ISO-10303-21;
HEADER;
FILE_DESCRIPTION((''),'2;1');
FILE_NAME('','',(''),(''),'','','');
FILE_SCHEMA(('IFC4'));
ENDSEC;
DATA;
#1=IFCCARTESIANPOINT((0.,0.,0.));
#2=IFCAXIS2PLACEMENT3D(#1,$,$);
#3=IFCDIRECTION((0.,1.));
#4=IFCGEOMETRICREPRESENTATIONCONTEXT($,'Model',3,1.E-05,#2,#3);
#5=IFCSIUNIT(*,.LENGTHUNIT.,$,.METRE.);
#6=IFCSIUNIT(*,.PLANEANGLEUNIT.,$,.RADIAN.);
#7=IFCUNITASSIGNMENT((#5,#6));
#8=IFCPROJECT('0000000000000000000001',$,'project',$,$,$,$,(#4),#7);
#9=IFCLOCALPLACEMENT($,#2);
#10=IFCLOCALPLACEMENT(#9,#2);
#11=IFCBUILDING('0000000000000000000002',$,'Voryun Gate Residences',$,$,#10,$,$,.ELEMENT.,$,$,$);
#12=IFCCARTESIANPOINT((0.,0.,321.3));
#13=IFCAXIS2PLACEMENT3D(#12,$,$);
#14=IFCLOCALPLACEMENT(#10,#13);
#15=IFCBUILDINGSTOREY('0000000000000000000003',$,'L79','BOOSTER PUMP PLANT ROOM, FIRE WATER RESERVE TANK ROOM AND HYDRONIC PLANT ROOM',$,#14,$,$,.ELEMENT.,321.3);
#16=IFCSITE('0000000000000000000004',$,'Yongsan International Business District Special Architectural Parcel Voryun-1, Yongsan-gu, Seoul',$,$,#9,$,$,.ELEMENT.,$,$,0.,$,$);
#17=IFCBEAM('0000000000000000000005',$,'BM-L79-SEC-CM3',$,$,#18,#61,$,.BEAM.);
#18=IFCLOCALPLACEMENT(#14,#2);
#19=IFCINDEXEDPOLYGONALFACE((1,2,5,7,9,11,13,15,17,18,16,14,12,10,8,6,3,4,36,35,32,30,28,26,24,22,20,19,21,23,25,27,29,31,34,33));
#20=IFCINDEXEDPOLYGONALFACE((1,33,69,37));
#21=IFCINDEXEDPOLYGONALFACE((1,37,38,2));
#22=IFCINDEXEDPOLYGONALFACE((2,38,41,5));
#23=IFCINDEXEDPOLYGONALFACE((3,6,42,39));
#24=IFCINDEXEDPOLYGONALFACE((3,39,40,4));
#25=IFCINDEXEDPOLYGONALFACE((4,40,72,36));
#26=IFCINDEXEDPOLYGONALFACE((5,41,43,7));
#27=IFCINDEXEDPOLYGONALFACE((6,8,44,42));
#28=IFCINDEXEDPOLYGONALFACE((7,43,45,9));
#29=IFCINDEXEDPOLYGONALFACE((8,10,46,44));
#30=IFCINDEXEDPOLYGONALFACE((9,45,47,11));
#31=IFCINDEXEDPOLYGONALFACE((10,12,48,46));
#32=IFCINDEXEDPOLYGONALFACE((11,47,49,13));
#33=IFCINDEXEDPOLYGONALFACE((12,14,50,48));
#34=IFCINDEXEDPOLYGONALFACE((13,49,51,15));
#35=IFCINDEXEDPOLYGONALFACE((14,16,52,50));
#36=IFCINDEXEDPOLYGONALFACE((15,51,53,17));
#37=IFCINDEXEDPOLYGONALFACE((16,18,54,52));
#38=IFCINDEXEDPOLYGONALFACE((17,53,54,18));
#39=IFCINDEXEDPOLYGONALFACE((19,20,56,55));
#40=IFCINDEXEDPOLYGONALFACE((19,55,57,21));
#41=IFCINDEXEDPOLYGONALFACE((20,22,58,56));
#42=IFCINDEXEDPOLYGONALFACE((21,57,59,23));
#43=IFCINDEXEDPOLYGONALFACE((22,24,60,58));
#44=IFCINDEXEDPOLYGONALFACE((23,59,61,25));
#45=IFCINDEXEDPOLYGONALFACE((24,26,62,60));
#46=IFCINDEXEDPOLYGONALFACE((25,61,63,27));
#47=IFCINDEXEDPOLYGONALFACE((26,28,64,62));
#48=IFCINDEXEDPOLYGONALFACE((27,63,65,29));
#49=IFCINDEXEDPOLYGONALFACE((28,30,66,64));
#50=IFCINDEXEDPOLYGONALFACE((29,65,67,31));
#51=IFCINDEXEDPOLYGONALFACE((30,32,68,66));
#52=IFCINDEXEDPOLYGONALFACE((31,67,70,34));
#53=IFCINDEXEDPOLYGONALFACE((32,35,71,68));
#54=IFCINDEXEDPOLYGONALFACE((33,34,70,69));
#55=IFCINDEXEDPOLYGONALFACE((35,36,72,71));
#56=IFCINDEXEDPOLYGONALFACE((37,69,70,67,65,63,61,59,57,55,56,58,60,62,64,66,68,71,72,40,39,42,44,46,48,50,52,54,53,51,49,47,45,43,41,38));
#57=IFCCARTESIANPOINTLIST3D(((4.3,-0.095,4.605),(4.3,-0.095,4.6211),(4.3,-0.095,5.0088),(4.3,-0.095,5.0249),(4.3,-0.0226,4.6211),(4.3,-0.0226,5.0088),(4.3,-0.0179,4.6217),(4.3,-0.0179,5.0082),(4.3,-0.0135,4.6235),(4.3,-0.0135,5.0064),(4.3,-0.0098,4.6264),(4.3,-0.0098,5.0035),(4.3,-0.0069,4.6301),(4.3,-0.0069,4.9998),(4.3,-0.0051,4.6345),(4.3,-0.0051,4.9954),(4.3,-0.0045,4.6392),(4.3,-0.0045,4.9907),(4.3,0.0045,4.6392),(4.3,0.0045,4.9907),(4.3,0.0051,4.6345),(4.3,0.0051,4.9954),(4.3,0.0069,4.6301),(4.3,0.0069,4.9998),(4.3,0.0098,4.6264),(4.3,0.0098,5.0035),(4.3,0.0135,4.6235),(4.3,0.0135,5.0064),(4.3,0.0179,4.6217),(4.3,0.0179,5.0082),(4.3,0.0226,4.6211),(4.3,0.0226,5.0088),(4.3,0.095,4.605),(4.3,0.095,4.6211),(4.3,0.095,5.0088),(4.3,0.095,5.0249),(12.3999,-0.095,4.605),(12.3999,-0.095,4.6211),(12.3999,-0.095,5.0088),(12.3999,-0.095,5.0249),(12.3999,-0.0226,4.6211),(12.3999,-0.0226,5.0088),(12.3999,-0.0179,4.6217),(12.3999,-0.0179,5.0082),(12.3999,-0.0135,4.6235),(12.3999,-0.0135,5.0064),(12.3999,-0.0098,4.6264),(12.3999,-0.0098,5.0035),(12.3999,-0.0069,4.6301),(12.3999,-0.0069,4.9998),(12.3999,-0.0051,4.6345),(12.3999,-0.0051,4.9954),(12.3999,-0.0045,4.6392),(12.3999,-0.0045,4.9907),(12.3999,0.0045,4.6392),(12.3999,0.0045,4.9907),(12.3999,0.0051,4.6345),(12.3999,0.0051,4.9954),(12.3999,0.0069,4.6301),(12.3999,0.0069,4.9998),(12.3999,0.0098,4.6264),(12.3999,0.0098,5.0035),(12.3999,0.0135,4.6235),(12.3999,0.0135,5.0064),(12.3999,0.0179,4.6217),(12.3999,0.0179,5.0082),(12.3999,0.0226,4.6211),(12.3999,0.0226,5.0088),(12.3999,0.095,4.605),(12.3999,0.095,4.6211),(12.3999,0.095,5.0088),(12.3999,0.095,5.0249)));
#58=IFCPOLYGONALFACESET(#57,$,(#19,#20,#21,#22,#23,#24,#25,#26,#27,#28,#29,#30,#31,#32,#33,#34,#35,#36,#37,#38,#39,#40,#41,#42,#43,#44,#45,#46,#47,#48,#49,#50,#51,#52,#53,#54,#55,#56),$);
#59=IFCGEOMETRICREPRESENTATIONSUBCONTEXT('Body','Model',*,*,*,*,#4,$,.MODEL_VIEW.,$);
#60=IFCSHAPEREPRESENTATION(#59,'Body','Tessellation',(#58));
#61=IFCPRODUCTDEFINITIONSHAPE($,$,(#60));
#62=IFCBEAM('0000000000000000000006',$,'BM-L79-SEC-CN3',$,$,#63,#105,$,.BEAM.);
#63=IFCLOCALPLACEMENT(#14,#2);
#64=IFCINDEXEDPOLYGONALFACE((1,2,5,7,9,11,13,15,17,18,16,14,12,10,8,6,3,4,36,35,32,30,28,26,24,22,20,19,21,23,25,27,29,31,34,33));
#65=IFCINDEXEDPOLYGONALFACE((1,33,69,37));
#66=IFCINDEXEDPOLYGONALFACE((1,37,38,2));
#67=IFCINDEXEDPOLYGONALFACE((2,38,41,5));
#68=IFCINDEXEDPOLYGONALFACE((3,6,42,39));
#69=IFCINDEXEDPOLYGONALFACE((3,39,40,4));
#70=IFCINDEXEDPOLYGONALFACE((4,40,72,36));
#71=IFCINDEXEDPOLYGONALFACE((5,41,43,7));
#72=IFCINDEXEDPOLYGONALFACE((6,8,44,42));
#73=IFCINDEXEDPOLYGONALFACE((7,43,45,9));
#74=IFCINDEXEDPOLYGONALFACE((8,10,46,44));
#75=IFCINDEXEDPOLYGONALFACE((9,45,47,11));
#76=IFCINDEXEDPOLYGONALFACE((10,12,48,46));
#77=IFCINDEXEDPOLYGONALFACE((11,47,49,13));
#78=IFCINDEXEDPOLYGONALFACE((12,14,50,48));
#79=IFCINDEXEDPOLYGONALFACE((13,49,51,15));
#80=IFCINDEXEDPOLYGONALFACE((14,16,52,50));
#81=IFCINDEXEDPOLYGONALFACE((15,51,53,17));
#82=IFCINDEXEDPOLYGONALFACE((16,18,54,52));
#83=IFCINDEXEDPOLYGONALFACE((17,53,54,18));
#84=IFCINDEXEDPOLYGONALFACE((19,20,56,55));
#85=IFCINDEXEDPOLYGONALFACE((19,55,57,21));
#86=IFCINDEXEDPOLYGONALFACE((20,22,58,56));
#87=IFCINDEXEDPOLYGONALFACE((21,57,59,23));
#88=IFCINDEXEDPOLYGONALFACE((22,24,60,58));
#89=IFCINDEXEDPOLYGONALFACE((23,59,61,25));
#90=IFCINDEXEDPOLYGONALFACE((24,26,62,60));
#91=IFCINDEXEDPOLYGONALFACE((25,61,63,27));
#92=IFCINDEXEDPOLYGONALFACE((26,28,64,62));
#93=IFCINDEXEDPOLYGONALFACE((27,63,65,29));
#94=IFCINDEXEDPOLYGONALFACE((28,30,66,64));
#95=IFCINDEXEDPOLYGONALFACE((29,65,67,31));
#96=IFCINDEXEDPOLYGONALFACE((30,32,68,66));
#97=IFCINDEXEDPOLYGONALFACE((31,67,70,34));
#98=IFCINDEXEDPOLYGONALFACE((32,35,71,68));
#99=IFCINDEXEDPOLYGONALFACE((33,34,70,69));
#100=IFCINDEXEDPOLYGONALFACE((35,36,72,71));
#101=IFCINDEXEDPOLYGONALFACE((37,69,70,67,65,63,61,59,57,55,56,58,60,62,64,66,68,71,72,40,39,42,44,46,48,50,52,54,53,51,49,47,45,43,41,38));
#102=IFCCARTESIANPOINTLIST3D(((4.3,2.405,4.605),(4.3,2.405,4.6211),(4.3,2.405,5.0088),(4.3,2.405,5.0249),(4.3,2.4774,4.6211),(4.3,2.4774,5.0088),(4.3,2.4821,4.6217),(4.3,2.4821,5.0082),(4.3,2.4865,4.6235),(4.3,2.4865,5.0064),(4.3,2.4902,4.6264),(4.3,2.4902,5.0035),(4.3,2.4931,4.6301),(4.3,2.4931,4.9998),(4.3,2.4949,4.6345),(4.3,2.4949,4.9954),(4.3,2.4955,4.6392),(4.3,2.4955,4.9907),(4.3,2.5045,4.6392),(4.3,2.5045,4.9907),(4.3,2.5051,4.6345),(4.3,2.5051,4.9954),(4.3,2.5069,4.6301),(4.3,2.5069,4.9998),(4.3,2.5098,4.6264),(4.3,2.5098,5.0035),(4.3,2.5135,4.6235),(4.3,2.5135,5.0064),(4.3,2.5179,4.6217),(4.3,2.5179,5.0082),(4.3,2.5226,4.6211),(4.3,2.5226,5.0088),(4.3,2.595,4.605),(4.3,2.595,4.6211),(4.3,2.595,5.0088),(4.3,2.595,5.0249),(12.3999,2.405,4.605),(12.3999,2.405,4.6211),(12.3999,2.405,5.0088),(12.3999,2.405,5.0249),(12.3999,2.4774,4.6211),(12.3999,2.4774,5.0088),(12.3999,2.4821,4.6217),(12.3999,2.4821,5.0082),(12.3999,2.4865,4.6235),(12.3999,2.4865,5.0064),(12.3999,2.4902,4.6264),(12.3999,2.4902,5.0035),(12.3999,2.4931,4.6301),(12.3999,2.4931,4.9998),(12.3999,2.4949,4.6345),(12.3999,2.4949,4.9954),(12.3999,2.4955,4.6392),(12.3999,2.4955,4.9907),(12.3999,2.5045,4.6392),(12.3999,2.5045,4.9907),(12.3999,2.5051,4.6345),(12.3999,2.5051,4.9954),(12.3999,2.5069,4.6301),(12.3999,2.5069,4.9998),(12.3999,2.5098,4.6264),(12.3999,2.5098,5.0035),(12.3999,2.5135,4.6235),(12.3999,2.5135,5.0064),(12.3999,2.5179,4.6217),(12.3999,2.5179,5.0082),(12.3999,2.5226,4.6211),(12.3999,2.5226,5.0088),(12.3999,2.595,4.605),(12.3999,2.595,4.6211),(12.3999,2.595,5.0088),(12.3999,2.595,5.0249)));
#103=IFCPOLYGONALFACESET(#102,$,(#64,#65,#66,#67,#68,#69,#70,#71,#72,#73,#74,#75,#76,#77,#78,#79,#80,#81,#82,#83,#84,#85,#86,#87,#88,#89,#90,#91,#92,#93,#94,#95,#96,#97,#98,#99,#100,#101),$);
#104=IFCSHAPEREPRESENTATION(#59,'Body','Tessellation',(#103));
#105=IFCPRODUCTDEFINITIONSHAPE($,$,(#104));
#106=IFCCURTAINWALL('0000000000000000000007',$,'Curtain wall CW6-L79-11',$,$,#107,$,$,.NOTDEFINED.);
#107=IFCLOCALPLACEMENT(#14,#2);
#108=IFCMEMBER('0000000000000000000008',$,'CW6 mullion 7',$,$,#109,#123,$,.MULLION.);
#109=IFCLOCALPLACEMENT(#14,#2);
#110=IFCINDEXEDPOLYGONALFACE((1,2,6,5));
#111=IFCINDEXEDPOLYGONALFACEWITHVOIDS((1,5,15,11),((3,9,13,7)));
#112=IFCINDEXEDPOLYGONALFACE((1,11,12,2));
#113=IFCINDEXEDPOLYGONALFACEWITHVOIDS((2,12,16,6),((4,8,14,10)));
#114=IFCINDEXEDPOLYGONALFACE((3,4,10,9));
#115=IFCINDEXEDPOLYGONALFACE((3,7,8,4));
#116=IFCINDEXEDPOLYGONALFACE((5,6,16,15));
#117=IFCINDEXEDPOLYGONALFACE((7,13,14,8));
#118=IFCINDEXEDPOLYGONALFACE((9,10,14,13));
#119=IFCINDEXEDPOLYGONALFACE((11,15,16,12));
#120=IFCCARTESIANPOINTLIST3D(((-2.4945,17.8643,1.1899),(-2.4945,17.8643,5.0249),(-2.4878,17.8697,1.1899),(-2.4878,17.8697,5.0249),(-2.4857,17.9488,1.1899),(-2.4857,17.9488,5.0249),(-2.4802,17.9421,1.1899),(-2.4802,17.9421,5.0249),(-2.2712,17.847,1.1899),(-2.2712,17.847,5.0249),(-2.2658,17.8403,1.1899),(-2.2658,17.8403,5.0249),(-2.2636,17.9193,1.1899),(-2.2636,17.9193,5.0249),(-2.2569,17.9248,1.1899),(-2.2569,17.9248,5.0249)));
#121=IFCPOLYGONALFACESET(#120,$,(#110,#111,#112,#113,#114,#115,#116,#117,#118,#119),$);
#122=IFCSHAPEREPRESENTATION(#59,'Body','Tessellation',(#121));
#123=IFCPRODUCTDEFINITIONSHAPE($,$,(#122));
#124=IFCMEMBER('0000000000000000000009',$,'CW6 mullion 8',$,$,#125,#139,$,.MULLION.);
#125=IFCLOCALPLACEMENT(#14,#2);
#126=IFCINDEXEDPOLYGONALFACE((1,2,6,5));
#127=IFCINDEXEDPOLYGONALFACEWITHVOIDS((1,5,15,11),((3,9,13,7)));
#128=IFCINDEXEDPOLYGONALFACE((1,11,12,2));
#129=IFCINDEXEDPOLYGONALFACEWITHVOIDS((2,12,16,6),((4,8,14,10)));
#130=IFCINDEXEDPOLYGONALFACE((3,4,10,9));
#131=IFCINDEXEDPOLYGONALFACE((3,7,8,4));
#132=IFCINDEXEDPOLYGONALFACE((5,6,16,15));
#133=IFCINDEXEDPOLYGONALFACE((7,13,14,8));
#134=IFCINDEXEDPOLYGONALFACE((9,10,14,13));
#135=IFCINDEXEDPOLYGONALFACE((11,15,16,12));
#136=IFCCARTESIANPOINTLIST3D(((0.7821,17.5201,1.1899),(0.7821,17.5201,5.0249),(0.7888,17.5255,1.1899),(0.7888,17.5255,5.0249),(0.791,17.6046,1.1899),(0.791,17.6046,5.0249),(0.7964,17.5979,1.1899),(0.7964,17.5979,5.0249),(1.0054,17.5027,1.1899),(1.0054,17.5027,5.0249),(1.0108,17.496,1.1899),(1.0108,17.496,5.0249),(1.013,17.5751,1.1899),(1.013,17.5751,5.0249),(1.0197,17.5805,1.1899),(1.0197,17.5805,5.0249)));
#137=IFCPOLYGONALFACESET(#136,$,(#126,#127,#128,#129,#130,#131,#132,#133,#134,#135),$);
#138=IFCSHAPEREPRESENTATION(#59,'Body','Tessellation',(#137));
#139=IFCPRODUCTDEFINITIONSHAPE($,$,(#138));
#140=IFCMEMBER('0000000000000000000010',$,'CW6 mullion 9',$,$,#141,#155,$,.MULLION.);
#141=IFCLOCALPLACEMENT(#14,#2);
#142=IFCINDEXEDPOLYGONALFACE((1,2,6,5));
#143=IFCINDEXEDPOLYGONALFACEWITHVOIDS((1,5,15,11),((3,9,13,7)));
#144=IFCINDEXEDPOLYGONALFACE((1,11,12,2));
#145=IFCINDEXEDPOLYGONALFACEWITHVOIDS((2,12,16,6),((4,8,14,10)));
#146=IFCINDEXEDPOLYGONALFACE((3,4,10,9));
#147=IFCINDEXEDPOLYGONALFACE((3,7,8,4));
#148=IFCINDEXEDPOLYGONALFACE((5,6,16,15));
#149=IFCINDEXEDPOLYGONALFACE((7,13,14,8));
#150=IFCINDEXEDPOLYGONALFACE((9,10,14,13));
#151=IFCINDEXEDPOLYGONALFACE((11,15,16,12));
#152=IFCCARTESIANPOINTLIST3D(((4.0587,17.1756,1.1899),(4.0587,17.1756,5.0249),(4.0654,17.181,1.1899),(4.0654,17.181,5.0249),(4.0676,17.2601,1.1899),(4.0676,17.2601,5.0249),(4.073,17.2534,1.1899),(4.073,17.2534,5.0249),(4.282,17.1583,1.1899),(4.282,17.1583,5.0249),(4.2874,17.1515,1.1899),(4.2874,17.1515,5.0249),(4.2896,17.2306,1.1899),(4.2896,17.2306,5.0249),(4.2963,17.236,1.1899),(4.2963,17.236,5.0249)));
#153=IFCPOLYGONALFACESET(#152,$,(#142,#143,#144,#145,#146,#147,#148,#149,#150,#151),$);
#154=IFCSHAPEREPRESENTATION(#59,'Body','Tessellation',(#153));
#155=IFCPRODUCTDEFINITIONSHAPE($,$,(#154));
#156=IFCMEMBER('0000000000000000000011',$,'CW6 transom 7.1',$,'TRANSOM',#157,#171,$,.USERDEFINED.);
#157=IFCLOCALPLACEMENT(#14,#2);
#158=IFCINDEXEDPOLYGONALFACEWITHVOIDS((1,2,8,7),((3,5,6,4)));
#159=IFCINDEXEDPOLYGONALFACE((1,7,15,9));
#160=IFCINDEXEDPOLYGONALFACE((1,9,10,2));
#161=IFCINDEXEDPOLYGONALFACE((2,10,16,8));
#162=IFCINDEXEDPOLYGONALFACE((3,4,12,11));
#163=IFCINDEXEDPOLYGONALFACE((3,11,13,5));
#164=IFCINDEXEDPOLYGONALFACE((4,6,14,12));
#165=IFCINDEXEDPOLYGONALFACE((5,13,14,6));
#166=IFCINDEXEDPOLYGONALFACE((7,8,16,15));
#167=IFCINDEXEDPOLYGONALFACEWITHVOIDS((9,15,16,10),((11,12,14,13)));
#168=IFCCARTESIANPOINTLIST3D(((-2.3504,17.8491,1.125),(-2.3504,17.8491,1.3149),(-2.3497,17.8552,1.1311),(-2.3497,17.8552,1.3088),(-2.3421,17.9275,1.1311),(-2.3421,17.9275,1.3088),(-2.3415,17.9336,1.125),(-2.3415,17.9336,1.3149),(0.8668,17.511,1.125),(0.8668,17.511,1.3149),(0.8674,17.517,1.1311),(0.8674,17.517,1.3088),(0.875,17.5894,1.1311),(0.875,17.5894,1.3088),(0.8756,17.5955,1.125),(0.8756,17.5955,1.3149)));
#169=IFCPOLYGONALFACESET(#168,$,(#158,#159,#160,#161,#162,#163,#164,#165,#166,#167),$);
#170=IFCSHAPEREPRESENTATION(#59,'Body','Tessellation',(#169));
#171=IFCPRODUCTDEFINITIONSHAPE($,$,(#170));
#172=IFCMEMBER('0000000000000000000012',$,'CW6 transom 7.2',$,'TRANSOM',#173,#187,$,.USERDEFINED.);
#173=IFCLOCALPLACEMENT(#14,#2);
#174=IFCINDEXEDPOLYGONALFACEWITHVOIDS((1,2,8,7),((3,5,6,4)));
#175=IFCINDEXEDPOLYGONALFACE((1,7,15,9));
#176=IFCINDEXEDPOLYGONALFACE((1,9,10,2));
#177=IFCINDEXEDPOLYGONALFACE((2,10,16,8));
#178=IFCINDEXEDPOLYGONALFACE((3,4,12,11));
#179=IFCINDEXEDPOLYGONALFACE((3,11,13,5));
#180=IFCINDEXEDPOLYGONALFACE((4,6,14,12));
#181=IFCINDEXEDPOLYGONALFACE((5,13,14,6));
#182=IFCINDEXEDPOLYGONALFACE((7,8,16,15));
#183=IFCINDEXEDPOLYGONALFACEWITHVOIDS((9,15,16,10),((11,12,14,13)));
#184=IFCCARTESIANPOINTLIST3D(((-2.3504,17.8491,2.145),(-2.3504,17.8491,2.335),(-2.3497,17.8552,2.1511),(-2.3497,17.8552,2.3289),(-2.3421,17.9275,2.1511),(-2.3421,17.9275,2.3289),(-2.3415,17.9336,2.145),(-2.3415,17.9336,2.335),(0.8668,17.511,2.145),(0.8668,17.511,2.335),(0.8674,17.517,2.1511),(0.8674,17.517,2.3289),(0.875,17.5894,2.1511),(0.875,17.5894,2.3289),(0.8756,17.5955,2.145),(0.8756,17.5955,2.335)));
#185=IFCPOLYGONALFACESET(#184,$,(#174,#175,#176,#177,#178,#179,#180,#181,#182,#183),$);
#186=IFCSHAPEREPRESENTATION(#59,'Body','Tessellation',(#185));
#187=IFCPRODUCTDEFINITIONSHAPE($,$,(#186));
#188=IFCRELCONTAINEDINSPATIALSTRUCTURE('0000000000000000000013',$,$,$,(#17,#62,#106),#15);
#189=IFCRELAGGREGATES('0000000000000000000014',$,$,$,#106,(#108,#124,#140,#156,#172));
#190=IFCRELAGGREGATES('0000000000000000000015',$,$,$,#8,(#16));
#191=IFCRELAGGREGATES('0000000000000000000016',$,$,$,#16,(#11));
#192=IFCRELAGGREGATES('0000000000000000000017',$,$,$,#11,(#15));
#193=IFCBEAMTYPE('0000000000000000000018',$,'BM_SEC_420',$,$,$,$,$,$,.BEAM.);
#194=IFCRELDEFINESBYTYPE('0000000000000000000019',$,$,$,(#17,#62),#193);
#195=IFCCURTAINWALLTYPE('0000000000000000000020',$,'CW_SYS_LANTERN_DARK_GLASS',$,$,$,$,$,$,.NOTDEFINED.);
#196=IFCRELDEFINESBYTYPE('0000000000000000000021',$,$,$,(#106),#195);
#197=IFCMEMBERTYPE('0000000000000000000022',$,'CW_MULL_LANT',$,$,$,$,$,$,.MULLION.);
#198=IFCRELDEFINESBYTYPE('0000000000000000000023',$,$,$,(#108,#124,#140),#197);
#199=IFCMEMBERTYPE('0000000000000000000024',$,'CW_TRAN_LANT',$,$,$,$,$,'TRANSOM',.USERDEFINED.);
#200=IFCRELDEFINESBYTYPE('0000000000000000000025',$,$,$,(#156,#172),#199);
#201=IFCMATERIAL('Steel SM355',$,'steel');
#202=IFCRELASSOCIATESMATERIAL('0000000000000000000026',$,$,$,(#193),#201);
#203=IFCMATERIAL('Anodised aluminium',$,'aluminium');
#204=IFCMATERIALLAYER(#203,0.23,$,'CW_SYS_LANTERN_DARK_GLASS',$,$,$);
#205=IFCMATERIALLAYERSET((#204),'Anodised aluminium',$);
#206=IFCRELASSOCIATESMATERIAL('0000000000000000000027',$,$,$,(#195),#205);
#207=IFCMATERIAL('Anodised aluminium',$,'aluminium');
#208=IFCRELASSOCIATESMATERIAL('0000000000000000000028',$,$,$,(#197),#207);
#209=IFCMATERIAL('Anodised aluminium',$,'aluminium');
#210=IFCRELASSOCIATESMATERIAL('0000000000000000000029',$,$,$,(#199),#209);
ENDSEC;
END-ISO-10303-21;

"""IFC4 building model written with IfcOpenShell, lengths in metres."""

from ifc_helpers import new_model, si_unit, direction, frame, origin, origin_2d, place, context, subcontext, project, spatial, hollow_rectangle, i_section, extrude, material, layer, layer_set, material_profile, profile_set, type_object, element, aggregate, save


model = new_model("IFC4")

# Units and contexts
model_context = context("Model", 3, precision=1e-05, world=origin(), true_north=direction((0.0, 1.0)))
body_context = subcontext(model_context, "Body", "Model", "MODEL_VIEW")
ifc_project = project(units=[si_unit("LENGTHUNIT", "METRE"), si_unit("PLANEANGLEUNIT", "RADIAN")], contexts=[model_context])

# Site, building, storey
site_placement = place(None, origin())
site = spatial("IfcSite", under=ifc_project, at=site_placement, Name="Yongsan International Business District Special Architectural Parcel Voryun-1, Yongsan-gu, Seoul", CompositionType="ELEMENT", RefElevation=0.0)
building_placement = place(site_placement, origin())
building = spatial("IfcBuilding", under=site, at=building_placement, Name="Voryun Gate Residences", CompositionType="ELEMENT")
storey_placement = place(building_placement, frame((0.0, 0.0, 321.3)))
storey = spatial("IfcBuildingStorey", under=building, at=storey_placement, Name="L79", Description="BOOSTER PUMP PLANT ROOM, FIRE WATER RESERVE TANK ROOM AND HYDRONIC PLANT ROOM", CompositionType="ELEMENT", Elevation=321.3)

# Beams
ifc_material_1 = material(Name="Steel SM355", Category="steel")
ifc_material_profile_1 = material_profile(ifc_material_1, i_section(OverallWidth=0.1899, OverallDepth=0.4199, WebThickness=0.009, FlangeThickness=0.0161, FilletRadius=0.0181, at=origin_2d()), Name="H-420x190x9x16")
ifc_profile_set_1 = profile_set([ifc_material_profile_1], Name="Steel SM355")
beam_type_1 = type_object("IfcBeamType", Name="BM_SEC_420", PredefinedType="BEAM", material=ifc_profile_set_1)
for number, where, z_axis, x_axis, name in (
    (1, (4.3, 0.0, 4.8149), (1.0, 0.0, 0.0), (0.0, 1.0, 0.0), "BM-L79-SEC-CM3"),
    (2, (4.3, 2.5, 4.8149), (1.0, 0.0, 0.0), (0.0, 1.0, 0.0), "BM-L79-SEC-CN3"),
):
    element("IfcBeam", number, at=place(storey_placement, frame(where, z_axis=z_axis, x_axis=x_axis)), inside=storey, type_object=beam_type_1, Name=name, PredefinedType="BEAM", context=body_context, shape_type="SweptSolid", body=[
        extrude(i_section(OverallWidth=0.1899, OverallDepth=0.4199, WebThickness=0.009, FlangeThickness=0.0161, FilletRadius=0.0181, at=origin_2d()), origin(), (0.0, 0.0, 1.0), 8.0999),
    ])

# Curtain wall, members
ifc_material_2 = material(Name="Anodised aluminium", Category="aluminium")
ifc_layer_1 = layer(ifc_material_2, 0.23, Name="CW_SYS_LANTERN_DARK_GLASS")
ifc_layer_set_1 = layer_set([ifc_layer_1], Name="Anodised aluminium")
curtain_wall_type = type_object("IfcCurtainWallType", Name="CW_SYS_LANTERN_DARK_GLASS", PredefinedType="NOTDEFINED", material=ifc_layer_set_1)
curtain_wall_placement = place(storey_placement, origin())
curtain_wall = element("IfcCurtainWall", 3, at=curtain_wall_placement, inside=storey, type_object=curtain_wall_type, Name="Curtain wall CW6-L79-11", PredefinedType="NOTDEFINED")
ifc_material_3 = material(Name="Anodised aluminium", Category="aluminium")
ifc_material_profile_2 = material_profile(ifc_material_3, hollow_rectangle(XDim=0.085, YDim=0.23, WallThickness=0.0061, at=origin_2d()), Name="ALU-MULL-230x85x6")
ifc_profile_set_2 = profile_set([ifc_material_profile_2], Name="Anodised aluminium")
member_type_1 = type_object("IfcMemberType", Name="CW_MULL_LANT", PredefinedType="MULLION", material=ifc_profile_set_2)
member_1_placement = place(storey_placement, frame((-2.3757, 17.8945, 1.1899), z_axis=(0.0, 0.0, 1.0), x_axis=(0.104528, 0.994522, 0.0)))
member_1 = element("IfcMember", 4, at=member_1_placement, type_object=member_type_1, Name="CW6 mullion 7", PredefinedType="MULLION", context=body_context, shape_type="SweptSolid", body=[
    extrude(hollow_rectangle(XDim=0.085, YDim=0.23, WallThickness=0.0061, at=origin_2d()), origin(), (0.0, 0.0, 1.0), 3.835),
])
member_2_placement = place(storey_placement, frame((0.9009, 17.5503, 1.1899), z_axis=(0.0, 0.0, 1.0), x_axis=(0.104528, 0.994522, 0.0)))
member_2 = element("IfcMember", 5, at=member_2_placement, type_object=member_type_1, Name="CW6 mullion 8", PredefinedType="MULLION", context=body_context, shape_type="SweptSolid", body=[
    extrude(hollow_rectangle(XDim=0.085, YDim=0.23, WallThickness=0.0061, at=origin_2d()), origin(), (0.0, 0.0, 1.0), 3.835),
])
member_3_placement = place(storey_placement, frame((4.1775, 17.2058, 1.1899), z_axis=(0.0, 0.0, 1.0), x_axis=(0.104528, 0.994522, 0.0)))
member_3 = element("IfcMember", 6, at=member_3_placement, type_object=member_type_1, Name="CW6 mullion 9", PredefinedType="MULLION", context=body_context, shape_type="SweptSolid", body=[
    extrude(hollow_rectangle(XDim=0.085, YDim=0.23, WallThickness=0.0061, at=origin_2d()), origin(), (0.0, 0.0, 1.0), 3.835),
])
ifc_material_4 = material(Name="Anodised aluminium", Category="aluminium")
ifc_material_profile_3 = material_profile(ifc_material_4, hollow_rectangle(XDim=0.085, YDim=0.1899, WallThickness=0.0061, at=origin_2d()), Name="ALU-TRAN-190x85x6")
ifc_profile_set_3 = profile_set([ifc_material_profile_3], Name="Anodised aluminium")
member_type_2 = type_object("IfcMemberType", Name="CW_TRAN_LANT", ElementType="TRANSOM", PredefinedType="USERDEFINED", material=ifc_profile_set_3)
member_4_placement = place(storey_placement, frame((-2.3459, 17.8914, 1.22), z_axis=(0.994522, -0.104532, 0.0), x_axis=(0.104532, 0.994522, 0.0)))
member_4 = element("IfcMember", 7, at=member_4_placement, type_object=member_type_2, Name="CW6 transom 7.1", ObjectType="TRANSOM", PredefinedType="USERDEFINED", context=body_context, shape_type="SweptSolid", body=[
    extrude(hollow_rectangle(XDim=0.085, YDim=0.1899, WallThickness=0.0061, at=origin_2d()), origin(), (0.0, 0.0, 1.0), 3.2349),
])
member_5_placement = place(storey_placement, frame((-2.3459, 17.8914, 2.24), z_axis=(0.994522, -0.104532, 0.0), x_axis=(0.104532, 0.994522, 0.0)))
member_5 = element("IfcMember", 8, at=member_5_placement, type_object=member_type_2, Name="CW6 transom 7.2", ObjectType="TRANSOM", PredefinedType="USERDEFINED", context=body_context, shape_type="SweptSolid", body=[
    extrude(hollow_rectangle(XDim=0.085, YDim=0.1899, WallThickness=0.0061, at=origin_2d()), origin(), (0.0, 0.0, 1.0), 3.2349),
])

aggregate(curtain_wall, [member_1, member_2, member_3, member_4, member_5])

save(model, "model.ifc")
